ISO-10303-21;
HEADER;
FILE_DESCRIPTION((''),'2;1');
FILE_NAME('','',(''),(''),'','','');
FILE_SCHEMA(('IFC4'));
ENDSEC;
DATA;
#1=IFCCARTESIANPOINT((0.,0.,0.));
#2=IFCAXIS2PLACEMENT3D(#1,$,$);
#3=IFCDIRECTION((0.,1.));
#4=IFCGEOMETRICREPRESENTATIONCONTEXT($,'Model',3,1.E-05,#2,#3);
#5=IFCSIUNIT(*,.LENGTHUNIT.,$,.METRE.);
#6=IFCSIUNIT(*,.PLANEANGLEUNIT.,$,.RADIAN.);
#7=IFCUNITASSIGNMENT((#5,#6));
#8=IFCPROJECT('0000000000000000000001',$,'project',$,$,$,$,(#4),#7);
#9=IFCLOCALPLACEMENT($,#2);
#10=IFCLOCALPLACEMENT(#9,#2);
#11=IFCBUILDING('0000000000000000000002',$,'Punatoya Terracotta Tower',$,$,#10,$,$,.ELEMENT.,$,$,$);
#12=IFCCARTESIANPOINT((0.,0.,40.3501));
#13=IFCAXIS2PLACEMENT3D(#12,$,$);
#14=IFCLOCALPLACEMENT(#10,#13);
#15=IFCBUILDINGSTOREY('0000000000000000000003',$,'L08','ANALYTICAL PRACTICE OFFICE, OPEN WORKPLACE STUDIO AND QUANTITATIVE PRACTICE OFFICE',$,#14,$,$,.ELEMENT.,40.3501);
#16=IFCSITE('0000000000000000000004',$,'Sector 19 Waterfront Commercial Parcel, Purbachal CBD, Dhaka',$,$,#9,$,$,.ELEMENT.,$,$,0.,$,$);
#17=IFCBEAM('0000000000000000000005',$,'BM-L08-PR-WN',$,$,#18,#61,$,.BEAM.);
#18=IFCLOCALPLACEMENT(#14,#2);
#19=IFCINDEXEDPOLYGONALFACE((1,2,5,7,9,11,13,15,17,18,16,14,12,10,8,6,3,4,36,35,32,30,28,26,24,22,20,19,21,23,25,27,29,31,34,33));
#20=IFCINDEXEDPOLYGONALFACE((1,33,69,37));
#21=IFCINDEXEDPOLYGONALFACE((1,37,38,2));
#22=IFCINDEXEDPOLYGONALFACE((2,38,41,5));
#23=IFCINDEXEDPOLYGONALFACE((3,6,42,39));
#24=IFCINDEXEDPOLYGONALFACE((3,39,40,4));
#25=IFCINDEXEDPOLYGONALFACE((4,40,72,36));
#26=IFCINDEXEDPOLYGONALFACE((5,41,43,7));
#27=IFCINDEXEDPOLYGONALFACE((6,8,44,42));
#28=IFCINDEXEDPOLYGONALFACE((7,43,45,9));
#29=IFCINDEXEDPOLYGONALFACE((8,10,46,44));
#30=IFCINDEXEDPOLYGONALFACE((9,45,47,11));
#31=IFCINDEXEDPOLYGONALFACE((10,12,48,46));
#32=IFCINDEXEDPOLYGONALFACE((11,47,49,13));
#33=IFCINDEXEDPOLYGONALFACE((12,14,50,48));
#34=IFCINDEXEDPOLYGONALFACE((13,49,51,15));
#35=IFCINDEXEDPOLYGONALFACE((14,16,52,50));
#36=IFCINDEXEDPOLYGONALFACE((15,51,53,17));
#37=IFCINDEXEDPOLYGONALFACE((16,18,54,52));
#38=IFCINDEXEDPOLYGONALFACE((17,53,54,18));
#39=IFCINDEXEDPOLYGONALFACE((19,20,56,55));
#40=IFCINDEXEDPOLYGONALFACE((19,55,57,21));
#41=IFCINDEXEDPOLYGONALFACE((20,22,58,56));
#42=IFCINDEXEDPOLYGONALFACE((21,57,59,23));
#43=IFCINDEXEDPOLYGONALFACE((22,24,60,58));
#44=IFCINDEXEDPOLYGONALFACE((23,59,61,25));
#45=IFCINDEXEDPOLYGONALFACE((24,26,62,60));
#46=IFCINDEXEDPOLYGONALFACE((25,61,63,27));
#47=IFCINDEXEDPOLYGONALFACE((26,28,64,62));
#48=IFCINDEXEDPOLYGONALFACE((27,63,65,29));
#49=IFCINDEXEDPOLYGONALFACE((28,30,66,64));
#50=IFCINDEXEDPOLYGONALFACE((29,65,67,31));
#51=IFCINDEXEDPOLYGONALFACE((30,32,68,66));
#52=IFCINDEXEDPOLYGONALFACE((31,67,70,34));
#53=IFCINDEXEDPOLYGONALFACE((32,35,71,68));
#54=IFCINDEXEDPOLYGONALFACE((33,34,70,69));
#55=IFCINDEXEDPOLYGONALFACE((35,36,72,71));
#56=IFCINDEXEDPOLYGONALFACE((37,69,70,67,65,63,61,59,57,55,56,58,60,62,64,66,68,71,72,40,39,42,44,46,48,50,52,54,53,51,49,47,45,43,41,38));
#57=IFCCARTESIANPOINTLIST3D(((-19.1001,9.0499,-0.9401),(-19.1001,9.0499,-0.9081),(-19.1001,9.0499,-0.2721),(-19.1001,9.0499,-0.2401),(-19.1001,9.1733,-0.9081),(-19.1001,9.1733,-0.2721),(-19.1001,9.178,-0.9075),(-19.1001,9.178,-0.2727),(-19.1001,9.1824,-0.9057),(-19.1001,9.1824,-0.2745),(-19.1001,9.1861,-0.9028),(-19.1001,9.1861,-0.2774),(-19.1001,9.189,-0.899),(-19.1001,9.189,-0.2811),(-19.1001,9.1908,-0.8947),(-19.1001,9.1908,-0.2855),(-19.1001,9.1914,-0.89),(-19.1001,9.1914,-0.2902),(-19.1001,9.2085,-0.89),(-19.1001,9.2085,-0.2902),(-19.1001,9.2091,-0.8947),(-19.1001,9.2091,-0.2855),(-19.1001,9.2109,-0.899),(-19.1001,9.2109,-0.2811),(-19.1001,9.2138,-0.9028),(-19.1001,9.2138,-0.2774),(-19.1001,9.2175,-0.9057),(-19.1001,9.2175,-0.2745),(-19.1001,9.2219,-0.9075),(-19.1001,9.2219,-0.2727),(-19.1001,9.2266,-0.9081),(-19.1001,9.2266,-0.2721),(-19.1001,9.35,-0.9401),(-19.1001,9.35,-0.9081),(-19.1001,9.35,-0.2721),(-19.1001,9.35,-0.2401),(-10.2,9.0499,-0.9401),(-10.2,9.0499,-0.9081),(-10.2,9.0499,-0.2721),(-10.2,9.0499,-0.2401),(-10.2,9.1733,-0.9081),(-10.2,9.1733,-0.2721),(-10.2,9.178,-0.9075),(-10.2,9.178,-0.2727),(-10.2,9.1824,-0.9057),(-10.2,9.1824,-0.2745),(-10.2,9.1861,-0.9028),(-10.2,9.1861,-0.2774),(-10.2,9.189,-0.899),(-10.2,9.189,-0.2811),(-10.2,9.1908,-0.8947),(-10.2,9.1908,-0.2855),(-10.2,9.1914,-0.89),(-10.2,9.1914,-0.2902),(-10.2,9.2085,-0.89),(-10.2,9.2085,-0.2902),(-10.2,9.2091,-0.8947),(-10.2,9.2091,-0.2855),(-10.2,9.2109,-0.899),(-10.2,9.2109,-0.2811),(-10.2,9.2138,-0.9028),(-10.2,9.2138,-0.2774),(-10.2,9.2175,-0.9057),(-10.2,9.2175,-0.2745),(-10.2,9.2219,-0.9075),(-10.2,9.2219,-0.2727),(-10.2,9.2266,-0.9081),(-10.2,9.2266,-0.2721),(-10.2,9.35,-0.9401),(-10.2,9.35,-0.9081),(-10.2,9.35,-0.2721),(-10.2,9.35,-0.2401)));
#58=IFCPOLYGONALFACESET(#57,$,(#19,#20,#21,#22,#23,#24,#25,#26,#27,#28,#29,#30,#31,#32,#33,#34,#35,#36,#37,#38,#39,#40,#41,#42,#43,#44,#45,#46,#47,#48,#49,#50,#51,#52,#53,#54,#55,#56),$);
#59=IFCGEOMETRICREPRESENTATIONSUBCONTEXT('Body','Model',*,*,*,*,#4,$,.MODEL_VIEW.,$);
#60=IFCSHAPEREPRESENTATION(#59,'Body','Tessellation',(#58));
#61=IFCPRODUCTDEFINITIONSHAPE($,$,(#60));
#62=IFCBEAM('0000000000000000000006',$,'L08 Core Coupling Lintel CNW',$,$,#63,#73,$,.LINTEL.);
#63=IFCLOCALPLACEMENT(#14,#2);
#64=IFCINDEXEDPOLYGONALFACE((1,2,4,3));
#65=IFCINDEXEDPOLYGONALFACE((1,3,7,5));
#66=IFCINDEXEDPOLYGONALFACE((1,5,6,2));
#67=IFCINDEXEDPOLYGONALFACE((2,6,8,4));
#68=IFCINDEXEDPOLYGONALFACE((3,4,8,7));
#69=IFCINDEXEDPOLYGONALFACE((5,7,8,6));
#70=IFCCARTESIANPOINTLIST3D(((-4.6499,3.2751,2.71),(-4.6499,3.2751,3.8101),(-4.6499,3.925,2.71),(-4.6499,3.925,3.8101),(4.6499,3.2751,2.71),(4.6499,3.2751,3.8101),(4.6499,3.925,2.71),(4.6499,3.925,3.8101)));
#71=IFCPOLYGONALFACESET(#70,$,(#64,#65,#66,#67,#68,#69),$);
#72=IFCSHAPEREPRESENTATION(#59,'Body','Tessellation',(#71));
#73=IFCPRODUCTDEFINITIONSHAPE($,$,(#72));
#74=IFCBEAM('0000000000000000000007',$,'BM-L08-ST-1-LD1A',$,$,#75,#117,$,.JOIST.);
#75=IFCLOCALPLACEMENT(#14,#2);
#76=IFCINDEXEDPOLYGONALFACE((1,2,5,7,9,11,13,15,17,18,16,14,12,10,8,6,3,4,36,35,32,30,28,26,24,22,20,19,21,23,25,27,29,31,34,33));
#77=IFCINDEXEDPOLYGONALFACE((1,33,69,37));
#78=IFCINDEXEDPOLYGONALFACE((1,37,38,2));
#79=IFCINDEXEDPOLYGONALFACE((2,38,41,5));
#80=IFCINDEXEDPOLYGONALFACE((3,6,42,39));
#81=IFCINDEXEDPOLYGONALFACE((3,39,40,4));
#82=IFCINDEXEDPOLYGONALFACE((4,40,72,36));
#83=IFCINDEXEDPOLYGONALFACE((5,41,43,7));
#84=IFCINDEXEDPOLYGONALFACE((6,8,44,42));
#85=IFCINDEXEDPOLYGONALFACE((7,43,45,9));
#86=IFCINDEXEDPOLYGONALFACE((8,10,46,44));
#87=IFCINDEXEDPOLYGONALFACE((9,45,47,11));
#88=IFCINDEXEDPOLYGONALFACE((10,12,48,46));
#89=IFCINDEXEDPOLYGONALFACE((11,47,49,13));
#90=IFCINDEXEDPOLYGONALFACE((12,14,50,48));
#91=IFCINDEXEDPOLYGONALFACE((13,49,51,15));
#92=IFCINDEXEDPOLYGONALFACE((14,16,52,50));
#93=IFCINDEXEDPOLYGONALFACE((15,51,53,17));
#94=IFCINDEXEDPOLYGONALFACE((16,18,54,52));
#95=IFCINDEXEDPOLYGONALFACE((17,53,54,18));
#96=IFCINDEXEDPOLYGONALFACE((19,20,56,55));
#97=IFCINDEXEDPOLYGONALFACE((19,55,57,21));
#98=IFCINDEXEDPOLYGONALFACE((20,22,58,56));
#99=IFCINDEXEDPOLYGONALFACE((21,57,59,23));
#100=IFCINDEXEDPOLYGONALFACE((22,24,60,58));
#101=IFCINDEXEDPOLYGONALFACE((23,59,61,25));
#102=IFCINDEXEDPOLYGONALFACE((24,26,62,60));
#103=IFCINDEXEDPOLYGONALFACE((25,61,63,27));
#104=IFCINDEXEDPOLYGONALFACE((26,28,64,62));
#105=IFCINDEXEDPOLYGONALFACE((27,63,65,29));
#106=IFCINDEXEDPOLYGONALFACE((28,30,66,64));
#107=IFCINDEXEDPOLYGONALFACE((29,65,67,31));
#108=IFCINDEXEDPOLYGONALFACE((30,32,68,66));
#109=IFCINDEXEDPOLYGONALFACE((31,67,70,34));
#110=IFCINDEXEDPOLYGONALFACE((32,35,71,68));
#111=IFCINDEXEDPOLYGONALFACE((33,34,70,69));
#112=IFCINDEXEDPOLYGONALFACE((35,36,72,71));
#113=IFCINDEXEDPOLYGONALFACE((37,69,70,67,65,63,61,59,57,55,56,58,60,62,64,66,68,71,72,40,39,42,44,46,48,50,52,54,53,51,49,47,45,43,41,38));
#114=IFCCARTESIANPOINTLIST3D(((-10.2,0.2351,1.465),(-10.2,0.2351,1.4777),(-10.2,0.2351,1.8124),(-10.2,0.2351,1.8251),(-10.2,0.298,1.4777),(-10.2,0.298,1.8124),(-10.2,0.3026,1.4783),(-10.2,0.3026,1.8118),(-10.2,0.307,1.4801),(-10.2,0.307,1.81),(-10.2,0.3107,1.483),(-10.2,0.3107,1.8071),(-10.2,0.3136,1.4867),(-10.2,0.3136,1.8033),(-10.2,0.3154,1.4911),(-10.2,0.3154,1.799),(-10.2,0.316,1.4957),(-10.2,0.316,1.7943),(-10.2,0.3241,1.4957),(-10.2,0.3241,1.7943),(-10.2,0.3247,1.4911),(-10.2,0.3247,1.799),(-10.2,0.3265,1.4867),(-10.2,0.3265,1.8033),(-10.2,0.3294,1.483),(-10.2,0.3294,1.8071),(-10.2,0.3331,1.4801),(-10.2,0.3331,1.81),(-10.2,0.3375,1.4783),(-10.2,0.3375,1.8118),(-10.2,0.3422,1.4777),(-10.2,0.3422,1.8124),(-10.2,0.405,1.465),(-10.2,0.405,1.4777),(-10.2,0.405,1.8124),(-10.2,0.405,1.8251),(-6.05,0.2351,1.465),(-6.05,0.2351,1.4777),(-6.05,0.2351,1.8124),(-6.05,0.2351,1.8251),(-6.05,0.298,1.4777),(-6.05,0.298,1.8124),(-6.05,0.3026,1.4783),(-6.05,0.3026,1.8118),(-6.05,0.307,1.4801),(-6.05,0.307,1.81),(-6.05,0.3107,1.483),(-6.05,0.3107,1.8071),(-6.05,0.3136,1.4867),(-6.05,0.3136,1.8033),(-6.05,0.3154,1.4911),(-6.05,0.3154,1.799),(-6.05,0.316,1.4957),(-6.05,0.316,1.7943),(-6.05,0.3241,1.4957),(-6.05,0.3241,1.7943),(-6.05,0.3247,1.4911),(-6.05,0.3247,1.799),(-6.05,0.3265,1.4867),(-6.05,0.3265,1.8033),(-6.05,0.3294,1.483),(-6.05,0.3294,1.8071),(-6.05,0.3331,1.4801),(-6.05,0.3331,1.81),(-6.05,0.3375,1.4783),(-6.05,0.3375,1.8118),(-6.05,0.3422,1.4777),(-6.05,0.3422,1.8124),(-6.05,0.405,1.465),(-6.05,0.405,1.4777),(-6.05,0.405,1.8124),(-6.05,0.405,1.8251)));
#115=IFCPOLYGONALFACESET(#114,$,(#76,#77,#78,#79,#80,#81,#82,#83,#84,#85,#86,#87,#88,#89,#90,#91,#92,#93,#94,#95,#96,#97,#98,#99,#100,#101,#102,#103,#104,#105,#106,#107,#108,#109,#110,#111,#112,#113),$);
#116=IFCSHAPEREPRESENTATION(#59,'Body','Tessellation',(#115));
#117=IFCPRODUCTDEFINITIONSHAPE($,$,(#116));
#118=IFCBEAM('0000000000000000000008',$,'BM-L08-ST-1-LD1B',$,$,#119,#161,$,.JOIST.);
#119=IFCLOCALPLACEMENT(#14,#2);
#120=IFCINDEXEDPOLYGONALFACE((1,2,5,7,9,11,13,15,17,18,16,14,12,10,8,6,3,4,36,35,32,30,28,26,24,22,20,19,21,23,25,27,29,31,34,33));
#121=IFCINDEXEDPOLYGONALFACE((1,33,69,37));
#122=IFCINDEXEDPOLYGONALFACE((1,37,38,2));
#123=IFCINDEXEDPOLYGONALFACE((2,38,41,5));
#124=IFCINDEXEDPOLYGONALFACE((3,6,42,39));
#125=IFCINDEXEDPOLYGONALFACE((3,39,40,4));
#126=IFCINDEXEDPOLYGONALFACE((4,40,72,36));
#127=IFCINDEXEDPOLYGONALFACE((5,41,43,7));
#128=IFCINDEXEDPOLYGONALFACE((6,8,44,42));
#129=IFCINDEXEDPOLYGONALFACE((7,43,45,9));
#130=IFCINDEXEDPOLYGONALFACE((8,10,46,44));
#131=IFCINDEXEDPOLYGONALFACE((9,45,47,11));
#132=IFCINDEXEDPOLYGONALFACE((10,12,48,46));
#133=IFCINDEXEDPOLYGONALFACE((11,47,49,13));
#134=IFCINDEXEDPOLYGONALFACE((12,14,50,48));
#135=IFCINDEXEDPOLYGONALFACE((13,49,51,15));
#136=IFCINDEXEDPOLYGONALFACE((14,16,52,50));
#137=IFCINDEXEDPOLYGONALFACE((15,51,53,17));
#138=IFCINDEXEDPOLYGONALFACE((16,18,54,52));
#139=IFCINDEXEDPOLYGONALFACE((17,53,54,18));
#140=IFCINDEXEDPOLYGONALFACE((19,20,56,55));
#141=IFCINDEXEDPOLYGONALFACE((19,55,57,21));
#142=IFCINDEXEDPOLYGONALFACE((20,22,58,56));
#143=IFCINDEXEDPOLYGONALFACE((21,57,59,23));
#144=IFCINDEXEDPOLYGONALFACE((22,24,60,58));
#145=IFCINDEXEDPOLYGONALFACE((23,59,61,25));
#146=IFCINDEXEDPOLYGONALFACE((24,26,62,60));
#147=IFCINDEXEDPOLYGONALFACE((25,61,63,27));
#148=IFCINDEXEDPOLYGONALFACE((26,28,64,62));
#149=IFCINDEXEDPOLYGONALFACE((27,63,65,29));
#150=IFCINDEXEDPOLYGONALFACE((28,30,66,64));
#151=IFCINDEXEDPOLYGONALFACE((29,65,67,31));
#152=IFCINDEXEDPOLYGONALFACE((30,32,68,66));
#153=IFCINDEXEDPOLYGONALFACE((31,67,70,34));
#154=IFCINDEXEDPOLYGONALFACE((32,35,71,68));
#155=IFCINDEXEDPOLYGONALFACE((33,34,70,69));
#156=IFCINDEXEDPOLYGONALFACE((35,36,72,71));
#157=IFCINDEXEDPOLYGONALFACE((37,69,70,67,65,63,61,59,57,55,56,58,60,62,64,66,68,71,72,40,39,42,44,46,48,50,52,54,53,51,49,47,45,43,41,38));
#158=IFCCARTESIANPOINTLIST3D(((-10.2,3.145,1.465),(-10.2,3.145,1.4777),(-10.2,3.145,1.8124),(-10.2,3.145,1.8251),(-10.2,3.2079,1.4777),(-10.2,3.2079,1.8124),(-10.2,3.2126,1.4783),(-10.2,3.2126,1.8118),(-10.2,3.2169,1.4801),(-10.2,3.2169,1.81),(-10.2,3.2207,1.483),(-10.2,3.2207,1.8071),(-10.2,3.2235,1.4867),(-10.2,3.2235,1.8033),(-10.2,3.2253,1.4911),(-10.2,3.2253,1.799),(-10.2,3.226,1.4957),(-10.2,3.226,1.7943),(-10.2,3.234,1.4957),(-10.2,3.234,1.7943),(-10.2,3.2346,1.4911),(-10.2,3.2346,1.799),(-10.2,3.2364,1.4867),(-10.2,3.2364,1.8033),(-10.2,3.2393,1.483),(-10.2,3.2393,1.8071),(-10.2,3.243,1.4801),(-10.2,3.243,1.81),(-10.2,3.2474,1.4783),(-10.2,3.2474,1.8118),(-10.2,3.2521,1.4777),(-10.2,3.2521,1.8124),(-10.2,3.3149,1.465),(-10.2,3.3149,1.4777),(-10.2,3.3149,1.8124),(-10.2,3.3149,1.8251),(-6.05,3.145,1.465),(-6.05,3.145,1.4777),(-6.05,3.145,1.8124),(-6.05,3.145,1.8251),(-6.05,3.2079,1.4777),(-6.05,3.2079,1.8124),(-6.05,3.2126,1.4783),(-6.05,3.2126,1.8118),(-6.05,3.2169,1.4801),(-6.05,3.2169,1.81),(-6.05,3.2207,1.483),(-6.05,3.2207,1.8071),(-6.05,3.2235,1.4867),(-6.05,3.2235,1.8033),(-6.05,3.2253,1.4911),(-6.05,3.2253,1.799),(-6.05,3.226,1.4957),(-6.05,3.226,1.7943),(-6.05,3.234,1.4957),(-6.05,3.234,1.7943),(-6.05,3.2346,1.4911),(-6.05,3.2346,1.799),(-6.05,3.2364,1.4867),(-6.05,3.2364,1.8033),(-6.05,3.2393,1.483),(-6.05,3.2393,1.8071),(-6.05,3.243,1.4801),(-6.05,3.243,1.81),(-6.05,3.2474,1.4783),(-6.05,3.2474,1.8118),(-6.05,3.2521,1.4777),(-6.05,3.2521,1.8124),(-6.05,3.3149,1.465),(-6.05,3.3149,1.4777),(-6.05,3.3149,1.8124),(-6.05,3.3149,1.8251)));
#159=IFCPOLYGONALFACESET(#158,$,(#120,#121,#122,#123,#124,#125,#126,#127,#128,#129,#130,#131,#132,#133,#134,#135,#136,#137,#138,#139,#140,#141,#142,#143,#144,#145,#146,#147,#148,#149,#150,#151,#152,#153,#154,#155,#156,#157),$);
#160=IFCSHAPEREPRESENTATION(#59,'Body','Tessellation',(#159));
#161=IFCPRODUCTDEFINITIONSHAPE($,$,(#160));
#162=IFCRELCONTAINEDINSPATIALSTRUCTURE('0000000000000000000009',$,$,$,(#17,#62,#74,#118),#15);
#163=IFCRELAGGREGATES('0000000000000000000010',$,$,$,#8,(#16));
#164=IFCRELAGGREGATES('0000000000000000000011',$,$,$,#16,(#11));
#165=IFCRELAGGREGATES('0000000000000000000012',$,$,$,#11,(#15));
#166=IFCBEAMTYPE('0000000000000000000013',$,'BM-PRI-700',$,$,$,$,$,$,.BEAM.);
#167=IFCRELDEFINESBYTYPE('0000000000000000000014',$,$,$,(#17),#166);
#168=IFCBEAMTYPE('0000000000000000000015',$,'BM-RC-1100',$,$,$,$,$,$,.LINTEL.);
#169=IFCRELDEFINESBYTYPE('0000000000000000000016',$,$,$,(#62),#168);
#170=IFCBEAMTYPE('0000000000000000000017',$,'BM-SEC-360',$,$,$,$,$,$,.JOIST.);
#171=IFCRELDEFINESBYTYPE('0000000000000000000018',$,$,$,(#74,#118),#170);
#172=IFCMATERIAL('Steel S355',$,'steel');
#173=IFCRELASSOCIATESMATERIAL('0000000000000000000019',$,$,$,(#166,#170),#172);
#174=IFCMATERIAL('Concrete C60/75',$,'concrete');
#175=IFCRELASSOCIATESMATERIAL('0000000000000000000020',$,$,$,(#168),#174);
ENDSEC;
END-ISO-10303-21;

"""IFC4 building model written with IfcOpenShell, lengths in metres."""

from ifc_helpers import new_model, si_unit, direction, frame, origin, origin_2d, place, context, subcontext, project, spatial, rectangle, i_section, extrude, material, material_profile, profile_set, type_object, element, save


model = new_model("IFC4")

# Units and contexts
model_context = context("Model", 3, precision=1e-05, world=origin(), true_north=direction((0.0, 1.0)))
body_context = subcontext(model_context, "Body", "Model", "MODEL_VIEW")
ifc_project = project(units=[si_unit("LENGTHUNIT", "METRE"), si_unit("PLANEANGLEUNIT", "RADIAN")], contexts=[model_context])

# Site, building, storey
site_placement = place(None, origin())
site = spatial("IfcSite", under=ifc_project, at=site_placement, Name="Sector 19 Waterfront Commercial Parcel, Purbachal CBD, Dhaka", CompositionType="ELEMENT", RefElevation=0.0)
building_placement = place(site_placement, origin())
building = spatial("IfcBuilding", under=site, at=building_placement, Name="Punatoya Terracotta Tower", CompositionType="ELEMENT")
storey_placement = place(building_placement, frame((0.0, 0.0, 40.3501)))
storey = spatial("IfcBuildingStorey", under=building, at=storey_placement, Name="L08", Description="ANALYTICAL PRACTICE OFFICE, OPEN WORKPLACE STUDIO AND QUANTITATIVE PRACTICE OFFICE", CompositionType="ELEMENT", Elevation=40.3501)

# Beams
ifc_material_1 = material(Name="Steel S355", Category="steel")
ifc_material_profile_1 = material_profile(ifc_material_1, i_section(OverallWidth=0.3, OverallDepth=0.7, WebThickness=0.0171, FlangeThickness=0.032, FilletRadius=0.0181, at=origin_2d()))
ifc_profile_set_1 = profile_set([ifc_material_profile_1], Name="Steel S355")
beam_type_1 = type_object("IfcBeamType", Name="BM-PRI-700", PredefinedType="BEAM", material=ifc_profile_set_1)
for number, where, z_axis, x_axis, name in (
    (1, (-19.1001, 9.2, -0.5901), (1.0, 0.0, 0.0), (0.0, 1.0, 0.0), "BM-L08-PR-WN"),
):
    element("IfcBeam", number, at=place(storey_placement, frame(where, z_axis=z_axis, x_axis=x_axis)), inside=storey, type_object=beam_type_1, Name=name, PredefinedType="BEAM", context=body_context, shape_type="SweptSolid", body=[
        extrude(i_section(OverallWidth=0.3, OverallDepth=0.7, WebThickness=0.0171, FlangeThickness=0.032, FilletRadius=0.0181, at=origin_2d()), origin(), (0.0, 0.0, 1.0), 8.9001),
    ])
ifc_material_2 = material(Name="Concrete C60/75", Category="concrete")
ifc_material_profile_2 = material_profile(ifc_material_2, rectangle(XDim=0.6499, YDim=1.1001, at=origin_2d()))
ifc_profile_set_2 = profile_set([ifc_material_profile_2], Name="Concrete C60/75")
beam_type_2 = type_object("IfcBeamType", Name="BM-RC-1100", PredefinedType="LINTEL", material=ifc_profile_set_2)
beam_1_placement = place(storey_placement, frame((-4.6499, 3.6001, 3.26), z_axis=(1.0, 0.0, 0.0), x_axis=(0.0, 1.0, 0.0)))
element("IfcBeam", 2, at=beam_1_placement, inside=storey, type_object=beam_type_2, Name="L08 Core Coupling Lintel CNW", PredefinedType="LINTEL", context=body_context, shape_type="SweptSolid", body=[
    extrude(rectangle(XDim=0.6499, YDim=1.1001, at=origin_2d()), origin(), (0.0, 0.0, 1.0), 9.2998),
])
ifc_material_profile_3 = material_profile(ifc_material_1, i_section(OverallWidth=0.1699, OverallDepth=0.3601, WebThickness=0.0081, FlangeThickness=0.0127, FilletRadius=0.0181, at=origin_2d()))
ifc_profile_set_3 = profile_set([ifc_material_profile_3], Name="Steel S355")
beam_type_3 = type_object("IfcBeamType", Name="BM-SEC-360", PredefinedType="JOIST", material=ifc_profile_set_3)
for number, where, z_axis, x_axis, name in (
    (3, (-10.2, 0.3201, 1.645), (1.0, 0.0, 0.0), (0.0, 1.0, 0.0), "BM-L08-ST-1-LD1A"),
    (4, (-10.2, 3.23, 1.645), (1.0, 0.0, 0.0), (0.0, 1.0, 0.0), "BM-L08-ST-1-LD1B"),
):
    element("IfcBeam", number, at=place(storey_placement, frame(where, z_axis=z_axis, x_axis=x_axis)), inside=storey, type_object=beam_type_3, Name=name, PredefinedType="JOIST", context=body_context, shape_type="SweptSolid", body=[
        extrude(i_section(OverallWidth=0.1699, OverallDepth=0.3601, WebThickness=0.0081, FlangeThickness=0.0127, FilletRadius=0.0181, at=origin_2d()), origin(), (0.0, 0.0, 1.0), 4.1499),
    ])

save(model, "model.ifc")
